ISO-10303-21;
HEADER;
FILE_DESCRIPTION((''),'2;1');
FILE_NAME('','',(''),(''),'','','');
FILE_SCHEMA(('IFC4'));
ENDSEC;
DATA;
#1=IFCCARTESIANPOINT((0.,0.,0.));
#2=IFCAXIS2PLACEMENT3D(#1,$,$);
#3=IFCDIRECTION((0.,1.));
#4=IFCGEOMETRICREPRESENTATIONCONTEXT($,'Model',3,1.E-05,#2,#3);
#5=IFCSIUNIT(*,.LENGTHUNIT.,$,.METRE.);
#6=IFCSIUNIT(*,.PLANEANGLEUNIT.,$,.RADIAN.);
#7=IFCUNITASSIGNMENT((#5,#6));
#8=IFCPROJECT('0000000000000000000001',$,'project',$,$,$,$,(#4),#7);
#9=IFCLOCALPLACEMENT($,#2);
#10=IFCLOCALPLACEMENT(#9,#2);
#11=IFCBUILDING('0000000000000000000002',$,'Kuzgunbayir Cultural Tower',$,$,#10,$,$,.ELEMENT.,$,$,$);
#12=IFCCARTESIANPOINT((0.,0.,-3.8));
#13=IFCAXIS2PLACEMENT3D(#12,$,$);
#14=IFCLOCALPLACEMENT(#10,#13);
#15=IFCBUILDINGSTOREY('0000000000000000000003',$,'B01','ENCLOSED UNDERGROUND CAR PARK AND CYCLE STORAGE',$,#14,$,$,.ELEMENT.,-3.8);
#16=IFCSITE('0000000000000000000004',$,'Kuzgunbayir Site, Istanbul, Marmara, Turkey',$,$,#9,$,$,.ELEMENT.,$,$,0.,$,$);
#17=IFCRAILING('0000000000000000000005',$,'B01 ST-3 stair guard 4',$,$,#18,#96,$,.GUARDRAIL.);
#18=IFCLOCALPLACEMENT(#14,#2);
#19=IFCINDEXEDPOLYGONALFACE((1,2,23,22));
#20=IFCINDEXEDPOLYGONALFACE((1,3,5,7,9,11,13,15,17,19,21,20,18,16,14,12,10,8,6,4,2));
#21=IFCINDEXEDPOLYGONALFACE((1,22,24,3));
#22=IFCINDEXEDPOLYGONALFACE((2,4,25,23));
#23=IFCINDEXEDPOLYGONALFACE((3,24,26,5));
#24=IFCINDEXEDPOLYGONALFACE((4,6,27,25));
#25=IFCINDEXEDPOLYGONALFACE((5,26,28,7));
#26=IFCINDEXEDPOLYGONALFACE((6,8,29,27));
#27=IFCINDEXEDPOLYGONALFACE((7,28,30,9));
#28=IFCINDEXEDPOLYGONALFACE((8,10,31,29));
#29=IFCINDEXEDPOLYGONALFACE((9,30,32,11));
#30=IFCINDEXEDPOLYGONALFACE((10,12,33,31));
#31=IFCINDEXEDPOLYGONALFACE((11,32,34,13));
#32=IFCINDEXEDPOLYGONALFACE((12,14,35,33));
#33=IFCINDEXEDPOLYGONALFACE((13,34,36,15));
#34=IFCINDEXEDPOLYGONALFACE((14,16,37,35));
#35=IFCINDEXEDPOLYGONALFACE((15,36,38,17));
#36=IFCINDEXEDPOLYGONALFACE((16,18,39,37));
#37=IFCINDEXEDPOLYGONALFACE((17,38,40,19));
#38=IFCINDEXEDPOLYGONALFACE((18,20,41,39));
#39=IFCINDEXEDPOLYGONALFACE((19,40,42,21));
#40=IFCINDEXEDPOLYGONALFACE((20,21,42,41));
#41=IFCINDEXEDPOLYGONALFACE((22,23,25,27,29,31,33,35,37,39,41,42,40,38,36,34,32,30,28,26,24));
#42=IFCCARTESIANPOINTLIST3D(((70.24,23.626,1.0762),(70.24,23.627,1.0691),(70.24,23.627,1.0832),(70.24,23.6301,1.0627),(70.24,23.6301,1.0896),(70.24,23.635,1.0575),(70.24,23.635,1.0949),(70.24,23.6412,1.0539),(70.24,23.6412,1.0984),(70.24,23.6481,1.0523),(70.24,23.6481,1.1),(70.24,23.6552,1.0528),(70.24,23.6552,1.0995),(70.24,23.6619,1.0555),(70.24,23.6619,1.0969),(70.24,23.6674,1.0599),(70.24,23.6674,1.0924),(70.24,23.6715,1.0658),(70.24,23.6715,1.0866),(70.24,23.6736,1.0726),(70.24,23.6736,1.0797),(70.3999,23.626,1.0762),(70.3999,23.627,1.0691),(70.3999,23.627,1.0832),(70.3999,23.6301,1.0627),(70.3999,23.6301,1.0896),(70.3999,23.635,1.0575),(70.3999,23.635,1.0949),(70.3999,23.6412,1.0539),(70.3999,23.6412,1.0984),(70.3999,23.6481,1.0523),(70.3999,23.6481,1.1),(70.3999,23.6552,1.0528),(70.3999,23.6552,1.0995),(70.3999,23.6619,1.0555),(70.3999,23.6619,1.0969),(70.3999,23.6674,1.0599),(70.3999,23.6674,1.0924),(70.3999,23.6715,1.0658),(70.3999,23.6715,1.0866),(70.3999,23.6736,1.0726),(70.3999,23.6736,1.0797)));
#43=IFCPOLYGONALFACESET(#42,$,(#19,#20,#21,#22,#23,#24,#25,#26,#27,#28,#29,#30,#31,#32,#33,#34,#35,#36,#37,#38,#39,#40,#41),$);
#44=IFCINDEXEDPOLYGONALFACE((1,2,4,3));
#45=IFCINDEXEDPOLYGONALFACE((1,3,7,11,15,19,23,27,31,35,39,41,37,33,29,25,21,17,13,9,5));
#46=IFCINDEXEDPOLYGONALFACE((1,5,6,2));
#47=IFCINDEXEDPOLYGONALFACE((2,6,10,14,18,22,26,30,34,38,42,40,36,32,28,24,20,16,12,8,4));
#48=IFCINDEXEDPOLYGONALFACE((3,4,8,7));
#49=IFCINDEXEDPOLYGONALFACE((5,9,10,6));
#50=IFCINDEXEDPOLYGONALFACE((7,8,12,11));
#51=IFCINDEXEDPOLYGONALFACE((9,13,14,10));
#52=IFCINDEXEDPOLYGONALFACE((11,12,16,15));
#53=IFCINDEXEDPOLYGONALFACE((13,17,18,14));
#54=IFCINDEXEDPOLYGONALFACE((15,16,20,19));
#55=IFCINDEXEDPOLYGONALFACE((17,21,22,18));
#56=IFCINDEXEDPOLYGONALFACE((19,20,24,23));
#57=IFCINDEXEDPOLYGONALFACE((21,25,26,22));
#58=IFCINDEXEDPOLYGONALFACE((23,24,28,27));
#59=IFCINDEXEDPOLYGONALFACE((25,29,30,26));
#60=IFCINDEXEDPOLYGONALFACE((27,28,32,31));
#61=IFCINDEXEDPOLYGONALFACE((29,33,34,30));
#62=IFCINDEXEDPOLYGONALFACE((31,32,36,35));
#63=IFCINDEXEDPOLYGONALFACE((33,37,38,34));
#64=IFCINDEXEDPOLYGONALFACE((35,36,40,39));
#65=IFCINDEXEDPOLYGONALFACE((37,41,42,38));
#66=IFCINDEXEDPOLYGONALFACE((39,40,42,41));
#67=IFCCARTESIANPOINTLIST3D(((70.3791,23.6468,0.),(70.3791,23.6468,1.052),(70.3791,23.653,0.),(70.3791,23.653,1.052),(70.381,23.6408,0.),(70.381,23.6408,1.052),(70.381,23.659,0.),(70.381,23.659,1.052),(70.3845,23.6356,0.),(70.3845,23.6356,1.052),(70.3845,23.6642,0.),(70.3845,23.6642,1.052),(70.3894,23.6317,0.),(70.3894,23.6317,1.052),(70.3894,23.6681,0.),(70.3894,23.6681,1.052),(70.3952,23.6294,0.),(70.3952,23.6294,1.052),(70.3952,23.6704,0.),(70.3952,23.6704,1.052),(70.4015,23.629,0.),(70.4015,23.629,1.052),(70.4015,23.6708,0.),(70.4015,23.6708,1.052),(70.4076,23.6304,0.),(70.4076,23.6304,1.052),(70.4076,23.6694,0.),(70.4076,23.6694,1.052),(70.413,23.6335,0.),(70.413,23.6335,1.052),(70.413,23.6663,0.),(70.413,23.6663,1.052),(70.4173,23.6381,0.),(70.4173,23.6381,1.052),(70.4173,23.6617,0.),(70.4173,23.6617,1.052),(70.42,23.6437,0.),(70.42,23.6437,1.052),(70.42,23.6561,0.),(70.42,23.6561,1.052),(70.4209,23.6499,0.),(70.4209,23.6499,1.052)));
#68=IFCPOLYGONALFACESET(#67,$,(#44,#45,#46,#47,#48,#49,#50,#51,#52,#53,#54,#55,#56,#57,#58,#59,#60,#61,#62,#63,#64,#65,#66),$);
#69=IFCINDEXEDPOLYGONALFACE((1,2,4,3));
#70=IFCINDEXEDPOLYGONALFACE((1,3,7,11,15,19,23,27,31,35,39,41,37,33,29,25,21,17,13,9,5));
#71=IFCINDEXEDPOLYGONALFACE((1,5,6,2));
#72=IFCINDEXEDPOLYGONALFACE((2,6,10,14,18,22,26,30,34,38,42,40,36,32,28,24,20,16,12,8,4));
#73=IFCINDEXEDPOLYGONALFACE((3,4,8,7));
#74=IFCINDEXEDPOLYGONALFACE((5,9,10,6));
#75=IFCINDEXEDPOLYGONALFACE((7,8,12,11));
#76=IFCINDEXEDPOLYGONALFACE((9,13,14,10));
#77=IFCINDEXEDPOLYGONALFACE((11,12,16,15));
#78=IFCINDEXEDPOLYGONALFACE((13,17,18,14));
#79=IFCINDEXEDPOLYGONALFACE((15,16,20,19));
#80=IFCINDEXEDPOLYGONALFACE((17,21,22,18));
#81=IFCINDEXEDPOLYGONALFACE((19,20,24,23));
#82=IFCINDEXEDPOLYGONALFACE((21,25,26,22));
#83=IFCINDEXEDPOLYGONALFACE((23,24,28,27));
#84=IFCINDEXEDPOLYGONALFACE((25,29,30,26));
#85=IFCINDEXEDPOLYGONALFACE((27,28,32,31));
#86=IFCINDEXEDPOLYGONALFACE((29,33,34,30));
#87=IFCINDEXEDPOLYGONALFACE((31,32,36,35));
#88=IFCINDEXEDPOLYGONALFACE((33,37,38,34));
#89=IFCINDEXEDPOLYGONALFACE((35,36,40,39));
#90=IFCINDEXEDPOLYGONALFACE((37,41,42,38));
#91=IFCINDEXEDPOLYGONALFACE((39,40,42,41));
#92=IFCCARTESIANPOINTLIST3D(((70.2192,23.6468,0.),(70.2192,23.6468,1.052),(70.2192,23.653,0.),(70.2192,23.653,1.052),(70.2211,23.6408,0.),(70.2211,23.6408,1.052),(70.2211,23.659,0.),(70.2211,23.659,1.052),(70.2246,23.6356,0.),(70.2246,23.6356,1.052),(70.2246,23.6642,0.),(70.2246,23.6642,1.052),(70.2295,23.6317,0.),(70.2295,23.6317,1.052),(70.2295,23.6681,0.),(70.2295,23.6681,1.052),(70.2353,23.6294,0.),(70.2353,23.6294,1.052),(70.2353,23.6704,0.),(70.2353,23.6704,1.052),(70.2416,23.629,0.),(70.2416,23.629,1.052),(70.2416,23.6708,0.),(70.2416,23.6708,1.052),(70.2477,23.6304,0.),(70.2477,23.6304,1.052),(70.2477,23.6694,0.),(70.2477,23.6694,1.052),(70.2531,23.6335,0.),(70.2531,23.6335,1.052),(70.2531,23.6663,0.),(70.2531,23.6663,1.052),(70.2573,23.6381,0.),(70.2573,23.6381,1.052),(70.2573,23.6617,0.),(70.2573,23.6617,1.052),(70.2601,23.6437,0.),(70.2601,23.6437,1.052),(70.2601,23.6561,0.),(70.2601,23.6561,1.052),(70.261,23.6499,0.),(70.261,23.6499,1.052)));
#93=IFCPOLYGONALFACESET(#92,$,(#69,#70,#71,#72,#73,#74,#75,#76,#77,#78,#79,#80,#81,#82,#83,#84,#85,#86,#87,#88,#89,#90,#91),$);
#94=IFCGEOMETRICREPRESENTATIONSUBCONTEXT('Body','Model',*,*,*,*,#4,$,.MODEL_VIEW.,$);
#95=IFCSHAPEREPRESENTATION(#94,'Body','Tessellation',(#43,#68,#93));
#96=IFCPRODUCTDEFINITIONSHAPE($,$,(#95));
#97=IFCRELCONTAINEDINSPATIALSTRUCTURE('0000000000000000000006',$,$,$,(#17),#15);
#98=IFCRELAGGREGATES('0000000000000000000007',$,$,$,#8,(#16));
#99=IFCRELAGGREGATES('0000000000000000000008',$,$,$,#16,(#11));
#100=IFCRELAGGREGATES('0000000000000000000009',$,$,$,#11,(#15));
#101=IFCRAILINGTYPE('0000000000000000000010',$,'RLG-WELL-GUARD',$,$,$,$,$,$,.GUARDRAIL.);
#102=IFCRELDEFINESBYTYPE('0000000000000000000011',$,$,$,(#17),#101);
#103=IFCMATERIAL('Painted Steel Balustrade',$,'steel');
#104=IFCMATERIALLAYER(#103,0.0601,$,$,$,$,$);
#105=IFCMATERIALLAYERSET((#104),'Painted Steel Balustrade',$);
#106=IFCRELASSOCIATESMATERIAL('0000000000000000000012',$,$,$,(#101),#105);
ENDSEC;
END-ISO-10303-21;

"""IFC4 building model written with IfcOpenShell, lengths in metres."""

from ifc_helpers import new_model, si_unit, direction, frame, origin, origin_2d, place, context, subcontext, project, spatial, circle, extrude, material, layer, layer_set, type_object, element, save


model = new_model("IFC4")

# Units and contexts
model_context = context("Model", 3, precision=1e-05, world=origin(), true_north=direction((0.0, 1.0)))
body_context = subcontext(model_context, "Body", "Model", "MODEL_VIEW")
ifc_project = project(units=[si_unit("LENGTHUNIT", "METRE"), si_unit("PLANEANGLEUNIT", "RADIAN")], contexts=[model_context])

# Site, building, storey
site_placement = place(None, origin())
site = spatial("IfcSite", under=ifc_project, at=site_placement, Name="Kuzgunbayir Site, Istanbul, Marmara, Turkey", CompositionType="ELEMENT", RefElevation=0.0)
building_placement = place(site_placement, origin())
building = spatial("IfcBuilding", under=site, at=building_placement, Name="Kuzgunbayir Cultural Tower", CompositionType="ELEMENT")
storey_placement = place(building_placement, frame((0.0, 0.0, -3.8)))
storey = spatial("IfcBuildingStorey", under=building, at=storey_placement, Name="B01", Description="ENCLOSED UNDERGROUND CAR PARK AND CYCLE STORAGE", CompositionType="ELEMENT", Elevation=-3.8)

# Railing
ifc_material_1 = material(Name="Painted Steel Balustrade", Category="steel")
ifc_layer_1 = layer(ifc_material_1, 0.0601)
ifc_layer_set_1 = layer_set([ifc_layer_1], Name="Painted Steel Balustrade")
railing_type_1 = type_object("IfcRailingType", Name="RLG-WELL-GUARD", PredefinedType="GUARDRAIL", material=ifc_layer_set_1)
railing_1_placement = place(storey_placement, frame((70.3999, 23.6499, 0.0)))
element("IfcRailing", 1, at=railing_1_placement, inside=storey, type_object=railing_type_1, Name="B01 ST-3 stair guard 4", PredefinedType="GUARDRAIL", context=body_context, shape_type="SweptSolid", body=[
    extrude(circle(Radius=0.0239, at=origin_2d()), frame((0.0, 0.0, 1.0762), z_axis=(-1.0, 0.0, 0.0), x_axis=(0.0, -1.0, 0.0)), (0.0, 0.0, 1.0), 0.1599),
    extrude(circle(Radius=0.021, at=origin_2d()), origin(), (0.0, 0.0, 1.0), 1.052),
    extrude(circle(Radius=0.021, at=origin_2d()), frame((-0.1599, 0.0, 0.0)), (0.0, 0.0, 1.0), 1.052),
])

save(model, "model.ifc")
